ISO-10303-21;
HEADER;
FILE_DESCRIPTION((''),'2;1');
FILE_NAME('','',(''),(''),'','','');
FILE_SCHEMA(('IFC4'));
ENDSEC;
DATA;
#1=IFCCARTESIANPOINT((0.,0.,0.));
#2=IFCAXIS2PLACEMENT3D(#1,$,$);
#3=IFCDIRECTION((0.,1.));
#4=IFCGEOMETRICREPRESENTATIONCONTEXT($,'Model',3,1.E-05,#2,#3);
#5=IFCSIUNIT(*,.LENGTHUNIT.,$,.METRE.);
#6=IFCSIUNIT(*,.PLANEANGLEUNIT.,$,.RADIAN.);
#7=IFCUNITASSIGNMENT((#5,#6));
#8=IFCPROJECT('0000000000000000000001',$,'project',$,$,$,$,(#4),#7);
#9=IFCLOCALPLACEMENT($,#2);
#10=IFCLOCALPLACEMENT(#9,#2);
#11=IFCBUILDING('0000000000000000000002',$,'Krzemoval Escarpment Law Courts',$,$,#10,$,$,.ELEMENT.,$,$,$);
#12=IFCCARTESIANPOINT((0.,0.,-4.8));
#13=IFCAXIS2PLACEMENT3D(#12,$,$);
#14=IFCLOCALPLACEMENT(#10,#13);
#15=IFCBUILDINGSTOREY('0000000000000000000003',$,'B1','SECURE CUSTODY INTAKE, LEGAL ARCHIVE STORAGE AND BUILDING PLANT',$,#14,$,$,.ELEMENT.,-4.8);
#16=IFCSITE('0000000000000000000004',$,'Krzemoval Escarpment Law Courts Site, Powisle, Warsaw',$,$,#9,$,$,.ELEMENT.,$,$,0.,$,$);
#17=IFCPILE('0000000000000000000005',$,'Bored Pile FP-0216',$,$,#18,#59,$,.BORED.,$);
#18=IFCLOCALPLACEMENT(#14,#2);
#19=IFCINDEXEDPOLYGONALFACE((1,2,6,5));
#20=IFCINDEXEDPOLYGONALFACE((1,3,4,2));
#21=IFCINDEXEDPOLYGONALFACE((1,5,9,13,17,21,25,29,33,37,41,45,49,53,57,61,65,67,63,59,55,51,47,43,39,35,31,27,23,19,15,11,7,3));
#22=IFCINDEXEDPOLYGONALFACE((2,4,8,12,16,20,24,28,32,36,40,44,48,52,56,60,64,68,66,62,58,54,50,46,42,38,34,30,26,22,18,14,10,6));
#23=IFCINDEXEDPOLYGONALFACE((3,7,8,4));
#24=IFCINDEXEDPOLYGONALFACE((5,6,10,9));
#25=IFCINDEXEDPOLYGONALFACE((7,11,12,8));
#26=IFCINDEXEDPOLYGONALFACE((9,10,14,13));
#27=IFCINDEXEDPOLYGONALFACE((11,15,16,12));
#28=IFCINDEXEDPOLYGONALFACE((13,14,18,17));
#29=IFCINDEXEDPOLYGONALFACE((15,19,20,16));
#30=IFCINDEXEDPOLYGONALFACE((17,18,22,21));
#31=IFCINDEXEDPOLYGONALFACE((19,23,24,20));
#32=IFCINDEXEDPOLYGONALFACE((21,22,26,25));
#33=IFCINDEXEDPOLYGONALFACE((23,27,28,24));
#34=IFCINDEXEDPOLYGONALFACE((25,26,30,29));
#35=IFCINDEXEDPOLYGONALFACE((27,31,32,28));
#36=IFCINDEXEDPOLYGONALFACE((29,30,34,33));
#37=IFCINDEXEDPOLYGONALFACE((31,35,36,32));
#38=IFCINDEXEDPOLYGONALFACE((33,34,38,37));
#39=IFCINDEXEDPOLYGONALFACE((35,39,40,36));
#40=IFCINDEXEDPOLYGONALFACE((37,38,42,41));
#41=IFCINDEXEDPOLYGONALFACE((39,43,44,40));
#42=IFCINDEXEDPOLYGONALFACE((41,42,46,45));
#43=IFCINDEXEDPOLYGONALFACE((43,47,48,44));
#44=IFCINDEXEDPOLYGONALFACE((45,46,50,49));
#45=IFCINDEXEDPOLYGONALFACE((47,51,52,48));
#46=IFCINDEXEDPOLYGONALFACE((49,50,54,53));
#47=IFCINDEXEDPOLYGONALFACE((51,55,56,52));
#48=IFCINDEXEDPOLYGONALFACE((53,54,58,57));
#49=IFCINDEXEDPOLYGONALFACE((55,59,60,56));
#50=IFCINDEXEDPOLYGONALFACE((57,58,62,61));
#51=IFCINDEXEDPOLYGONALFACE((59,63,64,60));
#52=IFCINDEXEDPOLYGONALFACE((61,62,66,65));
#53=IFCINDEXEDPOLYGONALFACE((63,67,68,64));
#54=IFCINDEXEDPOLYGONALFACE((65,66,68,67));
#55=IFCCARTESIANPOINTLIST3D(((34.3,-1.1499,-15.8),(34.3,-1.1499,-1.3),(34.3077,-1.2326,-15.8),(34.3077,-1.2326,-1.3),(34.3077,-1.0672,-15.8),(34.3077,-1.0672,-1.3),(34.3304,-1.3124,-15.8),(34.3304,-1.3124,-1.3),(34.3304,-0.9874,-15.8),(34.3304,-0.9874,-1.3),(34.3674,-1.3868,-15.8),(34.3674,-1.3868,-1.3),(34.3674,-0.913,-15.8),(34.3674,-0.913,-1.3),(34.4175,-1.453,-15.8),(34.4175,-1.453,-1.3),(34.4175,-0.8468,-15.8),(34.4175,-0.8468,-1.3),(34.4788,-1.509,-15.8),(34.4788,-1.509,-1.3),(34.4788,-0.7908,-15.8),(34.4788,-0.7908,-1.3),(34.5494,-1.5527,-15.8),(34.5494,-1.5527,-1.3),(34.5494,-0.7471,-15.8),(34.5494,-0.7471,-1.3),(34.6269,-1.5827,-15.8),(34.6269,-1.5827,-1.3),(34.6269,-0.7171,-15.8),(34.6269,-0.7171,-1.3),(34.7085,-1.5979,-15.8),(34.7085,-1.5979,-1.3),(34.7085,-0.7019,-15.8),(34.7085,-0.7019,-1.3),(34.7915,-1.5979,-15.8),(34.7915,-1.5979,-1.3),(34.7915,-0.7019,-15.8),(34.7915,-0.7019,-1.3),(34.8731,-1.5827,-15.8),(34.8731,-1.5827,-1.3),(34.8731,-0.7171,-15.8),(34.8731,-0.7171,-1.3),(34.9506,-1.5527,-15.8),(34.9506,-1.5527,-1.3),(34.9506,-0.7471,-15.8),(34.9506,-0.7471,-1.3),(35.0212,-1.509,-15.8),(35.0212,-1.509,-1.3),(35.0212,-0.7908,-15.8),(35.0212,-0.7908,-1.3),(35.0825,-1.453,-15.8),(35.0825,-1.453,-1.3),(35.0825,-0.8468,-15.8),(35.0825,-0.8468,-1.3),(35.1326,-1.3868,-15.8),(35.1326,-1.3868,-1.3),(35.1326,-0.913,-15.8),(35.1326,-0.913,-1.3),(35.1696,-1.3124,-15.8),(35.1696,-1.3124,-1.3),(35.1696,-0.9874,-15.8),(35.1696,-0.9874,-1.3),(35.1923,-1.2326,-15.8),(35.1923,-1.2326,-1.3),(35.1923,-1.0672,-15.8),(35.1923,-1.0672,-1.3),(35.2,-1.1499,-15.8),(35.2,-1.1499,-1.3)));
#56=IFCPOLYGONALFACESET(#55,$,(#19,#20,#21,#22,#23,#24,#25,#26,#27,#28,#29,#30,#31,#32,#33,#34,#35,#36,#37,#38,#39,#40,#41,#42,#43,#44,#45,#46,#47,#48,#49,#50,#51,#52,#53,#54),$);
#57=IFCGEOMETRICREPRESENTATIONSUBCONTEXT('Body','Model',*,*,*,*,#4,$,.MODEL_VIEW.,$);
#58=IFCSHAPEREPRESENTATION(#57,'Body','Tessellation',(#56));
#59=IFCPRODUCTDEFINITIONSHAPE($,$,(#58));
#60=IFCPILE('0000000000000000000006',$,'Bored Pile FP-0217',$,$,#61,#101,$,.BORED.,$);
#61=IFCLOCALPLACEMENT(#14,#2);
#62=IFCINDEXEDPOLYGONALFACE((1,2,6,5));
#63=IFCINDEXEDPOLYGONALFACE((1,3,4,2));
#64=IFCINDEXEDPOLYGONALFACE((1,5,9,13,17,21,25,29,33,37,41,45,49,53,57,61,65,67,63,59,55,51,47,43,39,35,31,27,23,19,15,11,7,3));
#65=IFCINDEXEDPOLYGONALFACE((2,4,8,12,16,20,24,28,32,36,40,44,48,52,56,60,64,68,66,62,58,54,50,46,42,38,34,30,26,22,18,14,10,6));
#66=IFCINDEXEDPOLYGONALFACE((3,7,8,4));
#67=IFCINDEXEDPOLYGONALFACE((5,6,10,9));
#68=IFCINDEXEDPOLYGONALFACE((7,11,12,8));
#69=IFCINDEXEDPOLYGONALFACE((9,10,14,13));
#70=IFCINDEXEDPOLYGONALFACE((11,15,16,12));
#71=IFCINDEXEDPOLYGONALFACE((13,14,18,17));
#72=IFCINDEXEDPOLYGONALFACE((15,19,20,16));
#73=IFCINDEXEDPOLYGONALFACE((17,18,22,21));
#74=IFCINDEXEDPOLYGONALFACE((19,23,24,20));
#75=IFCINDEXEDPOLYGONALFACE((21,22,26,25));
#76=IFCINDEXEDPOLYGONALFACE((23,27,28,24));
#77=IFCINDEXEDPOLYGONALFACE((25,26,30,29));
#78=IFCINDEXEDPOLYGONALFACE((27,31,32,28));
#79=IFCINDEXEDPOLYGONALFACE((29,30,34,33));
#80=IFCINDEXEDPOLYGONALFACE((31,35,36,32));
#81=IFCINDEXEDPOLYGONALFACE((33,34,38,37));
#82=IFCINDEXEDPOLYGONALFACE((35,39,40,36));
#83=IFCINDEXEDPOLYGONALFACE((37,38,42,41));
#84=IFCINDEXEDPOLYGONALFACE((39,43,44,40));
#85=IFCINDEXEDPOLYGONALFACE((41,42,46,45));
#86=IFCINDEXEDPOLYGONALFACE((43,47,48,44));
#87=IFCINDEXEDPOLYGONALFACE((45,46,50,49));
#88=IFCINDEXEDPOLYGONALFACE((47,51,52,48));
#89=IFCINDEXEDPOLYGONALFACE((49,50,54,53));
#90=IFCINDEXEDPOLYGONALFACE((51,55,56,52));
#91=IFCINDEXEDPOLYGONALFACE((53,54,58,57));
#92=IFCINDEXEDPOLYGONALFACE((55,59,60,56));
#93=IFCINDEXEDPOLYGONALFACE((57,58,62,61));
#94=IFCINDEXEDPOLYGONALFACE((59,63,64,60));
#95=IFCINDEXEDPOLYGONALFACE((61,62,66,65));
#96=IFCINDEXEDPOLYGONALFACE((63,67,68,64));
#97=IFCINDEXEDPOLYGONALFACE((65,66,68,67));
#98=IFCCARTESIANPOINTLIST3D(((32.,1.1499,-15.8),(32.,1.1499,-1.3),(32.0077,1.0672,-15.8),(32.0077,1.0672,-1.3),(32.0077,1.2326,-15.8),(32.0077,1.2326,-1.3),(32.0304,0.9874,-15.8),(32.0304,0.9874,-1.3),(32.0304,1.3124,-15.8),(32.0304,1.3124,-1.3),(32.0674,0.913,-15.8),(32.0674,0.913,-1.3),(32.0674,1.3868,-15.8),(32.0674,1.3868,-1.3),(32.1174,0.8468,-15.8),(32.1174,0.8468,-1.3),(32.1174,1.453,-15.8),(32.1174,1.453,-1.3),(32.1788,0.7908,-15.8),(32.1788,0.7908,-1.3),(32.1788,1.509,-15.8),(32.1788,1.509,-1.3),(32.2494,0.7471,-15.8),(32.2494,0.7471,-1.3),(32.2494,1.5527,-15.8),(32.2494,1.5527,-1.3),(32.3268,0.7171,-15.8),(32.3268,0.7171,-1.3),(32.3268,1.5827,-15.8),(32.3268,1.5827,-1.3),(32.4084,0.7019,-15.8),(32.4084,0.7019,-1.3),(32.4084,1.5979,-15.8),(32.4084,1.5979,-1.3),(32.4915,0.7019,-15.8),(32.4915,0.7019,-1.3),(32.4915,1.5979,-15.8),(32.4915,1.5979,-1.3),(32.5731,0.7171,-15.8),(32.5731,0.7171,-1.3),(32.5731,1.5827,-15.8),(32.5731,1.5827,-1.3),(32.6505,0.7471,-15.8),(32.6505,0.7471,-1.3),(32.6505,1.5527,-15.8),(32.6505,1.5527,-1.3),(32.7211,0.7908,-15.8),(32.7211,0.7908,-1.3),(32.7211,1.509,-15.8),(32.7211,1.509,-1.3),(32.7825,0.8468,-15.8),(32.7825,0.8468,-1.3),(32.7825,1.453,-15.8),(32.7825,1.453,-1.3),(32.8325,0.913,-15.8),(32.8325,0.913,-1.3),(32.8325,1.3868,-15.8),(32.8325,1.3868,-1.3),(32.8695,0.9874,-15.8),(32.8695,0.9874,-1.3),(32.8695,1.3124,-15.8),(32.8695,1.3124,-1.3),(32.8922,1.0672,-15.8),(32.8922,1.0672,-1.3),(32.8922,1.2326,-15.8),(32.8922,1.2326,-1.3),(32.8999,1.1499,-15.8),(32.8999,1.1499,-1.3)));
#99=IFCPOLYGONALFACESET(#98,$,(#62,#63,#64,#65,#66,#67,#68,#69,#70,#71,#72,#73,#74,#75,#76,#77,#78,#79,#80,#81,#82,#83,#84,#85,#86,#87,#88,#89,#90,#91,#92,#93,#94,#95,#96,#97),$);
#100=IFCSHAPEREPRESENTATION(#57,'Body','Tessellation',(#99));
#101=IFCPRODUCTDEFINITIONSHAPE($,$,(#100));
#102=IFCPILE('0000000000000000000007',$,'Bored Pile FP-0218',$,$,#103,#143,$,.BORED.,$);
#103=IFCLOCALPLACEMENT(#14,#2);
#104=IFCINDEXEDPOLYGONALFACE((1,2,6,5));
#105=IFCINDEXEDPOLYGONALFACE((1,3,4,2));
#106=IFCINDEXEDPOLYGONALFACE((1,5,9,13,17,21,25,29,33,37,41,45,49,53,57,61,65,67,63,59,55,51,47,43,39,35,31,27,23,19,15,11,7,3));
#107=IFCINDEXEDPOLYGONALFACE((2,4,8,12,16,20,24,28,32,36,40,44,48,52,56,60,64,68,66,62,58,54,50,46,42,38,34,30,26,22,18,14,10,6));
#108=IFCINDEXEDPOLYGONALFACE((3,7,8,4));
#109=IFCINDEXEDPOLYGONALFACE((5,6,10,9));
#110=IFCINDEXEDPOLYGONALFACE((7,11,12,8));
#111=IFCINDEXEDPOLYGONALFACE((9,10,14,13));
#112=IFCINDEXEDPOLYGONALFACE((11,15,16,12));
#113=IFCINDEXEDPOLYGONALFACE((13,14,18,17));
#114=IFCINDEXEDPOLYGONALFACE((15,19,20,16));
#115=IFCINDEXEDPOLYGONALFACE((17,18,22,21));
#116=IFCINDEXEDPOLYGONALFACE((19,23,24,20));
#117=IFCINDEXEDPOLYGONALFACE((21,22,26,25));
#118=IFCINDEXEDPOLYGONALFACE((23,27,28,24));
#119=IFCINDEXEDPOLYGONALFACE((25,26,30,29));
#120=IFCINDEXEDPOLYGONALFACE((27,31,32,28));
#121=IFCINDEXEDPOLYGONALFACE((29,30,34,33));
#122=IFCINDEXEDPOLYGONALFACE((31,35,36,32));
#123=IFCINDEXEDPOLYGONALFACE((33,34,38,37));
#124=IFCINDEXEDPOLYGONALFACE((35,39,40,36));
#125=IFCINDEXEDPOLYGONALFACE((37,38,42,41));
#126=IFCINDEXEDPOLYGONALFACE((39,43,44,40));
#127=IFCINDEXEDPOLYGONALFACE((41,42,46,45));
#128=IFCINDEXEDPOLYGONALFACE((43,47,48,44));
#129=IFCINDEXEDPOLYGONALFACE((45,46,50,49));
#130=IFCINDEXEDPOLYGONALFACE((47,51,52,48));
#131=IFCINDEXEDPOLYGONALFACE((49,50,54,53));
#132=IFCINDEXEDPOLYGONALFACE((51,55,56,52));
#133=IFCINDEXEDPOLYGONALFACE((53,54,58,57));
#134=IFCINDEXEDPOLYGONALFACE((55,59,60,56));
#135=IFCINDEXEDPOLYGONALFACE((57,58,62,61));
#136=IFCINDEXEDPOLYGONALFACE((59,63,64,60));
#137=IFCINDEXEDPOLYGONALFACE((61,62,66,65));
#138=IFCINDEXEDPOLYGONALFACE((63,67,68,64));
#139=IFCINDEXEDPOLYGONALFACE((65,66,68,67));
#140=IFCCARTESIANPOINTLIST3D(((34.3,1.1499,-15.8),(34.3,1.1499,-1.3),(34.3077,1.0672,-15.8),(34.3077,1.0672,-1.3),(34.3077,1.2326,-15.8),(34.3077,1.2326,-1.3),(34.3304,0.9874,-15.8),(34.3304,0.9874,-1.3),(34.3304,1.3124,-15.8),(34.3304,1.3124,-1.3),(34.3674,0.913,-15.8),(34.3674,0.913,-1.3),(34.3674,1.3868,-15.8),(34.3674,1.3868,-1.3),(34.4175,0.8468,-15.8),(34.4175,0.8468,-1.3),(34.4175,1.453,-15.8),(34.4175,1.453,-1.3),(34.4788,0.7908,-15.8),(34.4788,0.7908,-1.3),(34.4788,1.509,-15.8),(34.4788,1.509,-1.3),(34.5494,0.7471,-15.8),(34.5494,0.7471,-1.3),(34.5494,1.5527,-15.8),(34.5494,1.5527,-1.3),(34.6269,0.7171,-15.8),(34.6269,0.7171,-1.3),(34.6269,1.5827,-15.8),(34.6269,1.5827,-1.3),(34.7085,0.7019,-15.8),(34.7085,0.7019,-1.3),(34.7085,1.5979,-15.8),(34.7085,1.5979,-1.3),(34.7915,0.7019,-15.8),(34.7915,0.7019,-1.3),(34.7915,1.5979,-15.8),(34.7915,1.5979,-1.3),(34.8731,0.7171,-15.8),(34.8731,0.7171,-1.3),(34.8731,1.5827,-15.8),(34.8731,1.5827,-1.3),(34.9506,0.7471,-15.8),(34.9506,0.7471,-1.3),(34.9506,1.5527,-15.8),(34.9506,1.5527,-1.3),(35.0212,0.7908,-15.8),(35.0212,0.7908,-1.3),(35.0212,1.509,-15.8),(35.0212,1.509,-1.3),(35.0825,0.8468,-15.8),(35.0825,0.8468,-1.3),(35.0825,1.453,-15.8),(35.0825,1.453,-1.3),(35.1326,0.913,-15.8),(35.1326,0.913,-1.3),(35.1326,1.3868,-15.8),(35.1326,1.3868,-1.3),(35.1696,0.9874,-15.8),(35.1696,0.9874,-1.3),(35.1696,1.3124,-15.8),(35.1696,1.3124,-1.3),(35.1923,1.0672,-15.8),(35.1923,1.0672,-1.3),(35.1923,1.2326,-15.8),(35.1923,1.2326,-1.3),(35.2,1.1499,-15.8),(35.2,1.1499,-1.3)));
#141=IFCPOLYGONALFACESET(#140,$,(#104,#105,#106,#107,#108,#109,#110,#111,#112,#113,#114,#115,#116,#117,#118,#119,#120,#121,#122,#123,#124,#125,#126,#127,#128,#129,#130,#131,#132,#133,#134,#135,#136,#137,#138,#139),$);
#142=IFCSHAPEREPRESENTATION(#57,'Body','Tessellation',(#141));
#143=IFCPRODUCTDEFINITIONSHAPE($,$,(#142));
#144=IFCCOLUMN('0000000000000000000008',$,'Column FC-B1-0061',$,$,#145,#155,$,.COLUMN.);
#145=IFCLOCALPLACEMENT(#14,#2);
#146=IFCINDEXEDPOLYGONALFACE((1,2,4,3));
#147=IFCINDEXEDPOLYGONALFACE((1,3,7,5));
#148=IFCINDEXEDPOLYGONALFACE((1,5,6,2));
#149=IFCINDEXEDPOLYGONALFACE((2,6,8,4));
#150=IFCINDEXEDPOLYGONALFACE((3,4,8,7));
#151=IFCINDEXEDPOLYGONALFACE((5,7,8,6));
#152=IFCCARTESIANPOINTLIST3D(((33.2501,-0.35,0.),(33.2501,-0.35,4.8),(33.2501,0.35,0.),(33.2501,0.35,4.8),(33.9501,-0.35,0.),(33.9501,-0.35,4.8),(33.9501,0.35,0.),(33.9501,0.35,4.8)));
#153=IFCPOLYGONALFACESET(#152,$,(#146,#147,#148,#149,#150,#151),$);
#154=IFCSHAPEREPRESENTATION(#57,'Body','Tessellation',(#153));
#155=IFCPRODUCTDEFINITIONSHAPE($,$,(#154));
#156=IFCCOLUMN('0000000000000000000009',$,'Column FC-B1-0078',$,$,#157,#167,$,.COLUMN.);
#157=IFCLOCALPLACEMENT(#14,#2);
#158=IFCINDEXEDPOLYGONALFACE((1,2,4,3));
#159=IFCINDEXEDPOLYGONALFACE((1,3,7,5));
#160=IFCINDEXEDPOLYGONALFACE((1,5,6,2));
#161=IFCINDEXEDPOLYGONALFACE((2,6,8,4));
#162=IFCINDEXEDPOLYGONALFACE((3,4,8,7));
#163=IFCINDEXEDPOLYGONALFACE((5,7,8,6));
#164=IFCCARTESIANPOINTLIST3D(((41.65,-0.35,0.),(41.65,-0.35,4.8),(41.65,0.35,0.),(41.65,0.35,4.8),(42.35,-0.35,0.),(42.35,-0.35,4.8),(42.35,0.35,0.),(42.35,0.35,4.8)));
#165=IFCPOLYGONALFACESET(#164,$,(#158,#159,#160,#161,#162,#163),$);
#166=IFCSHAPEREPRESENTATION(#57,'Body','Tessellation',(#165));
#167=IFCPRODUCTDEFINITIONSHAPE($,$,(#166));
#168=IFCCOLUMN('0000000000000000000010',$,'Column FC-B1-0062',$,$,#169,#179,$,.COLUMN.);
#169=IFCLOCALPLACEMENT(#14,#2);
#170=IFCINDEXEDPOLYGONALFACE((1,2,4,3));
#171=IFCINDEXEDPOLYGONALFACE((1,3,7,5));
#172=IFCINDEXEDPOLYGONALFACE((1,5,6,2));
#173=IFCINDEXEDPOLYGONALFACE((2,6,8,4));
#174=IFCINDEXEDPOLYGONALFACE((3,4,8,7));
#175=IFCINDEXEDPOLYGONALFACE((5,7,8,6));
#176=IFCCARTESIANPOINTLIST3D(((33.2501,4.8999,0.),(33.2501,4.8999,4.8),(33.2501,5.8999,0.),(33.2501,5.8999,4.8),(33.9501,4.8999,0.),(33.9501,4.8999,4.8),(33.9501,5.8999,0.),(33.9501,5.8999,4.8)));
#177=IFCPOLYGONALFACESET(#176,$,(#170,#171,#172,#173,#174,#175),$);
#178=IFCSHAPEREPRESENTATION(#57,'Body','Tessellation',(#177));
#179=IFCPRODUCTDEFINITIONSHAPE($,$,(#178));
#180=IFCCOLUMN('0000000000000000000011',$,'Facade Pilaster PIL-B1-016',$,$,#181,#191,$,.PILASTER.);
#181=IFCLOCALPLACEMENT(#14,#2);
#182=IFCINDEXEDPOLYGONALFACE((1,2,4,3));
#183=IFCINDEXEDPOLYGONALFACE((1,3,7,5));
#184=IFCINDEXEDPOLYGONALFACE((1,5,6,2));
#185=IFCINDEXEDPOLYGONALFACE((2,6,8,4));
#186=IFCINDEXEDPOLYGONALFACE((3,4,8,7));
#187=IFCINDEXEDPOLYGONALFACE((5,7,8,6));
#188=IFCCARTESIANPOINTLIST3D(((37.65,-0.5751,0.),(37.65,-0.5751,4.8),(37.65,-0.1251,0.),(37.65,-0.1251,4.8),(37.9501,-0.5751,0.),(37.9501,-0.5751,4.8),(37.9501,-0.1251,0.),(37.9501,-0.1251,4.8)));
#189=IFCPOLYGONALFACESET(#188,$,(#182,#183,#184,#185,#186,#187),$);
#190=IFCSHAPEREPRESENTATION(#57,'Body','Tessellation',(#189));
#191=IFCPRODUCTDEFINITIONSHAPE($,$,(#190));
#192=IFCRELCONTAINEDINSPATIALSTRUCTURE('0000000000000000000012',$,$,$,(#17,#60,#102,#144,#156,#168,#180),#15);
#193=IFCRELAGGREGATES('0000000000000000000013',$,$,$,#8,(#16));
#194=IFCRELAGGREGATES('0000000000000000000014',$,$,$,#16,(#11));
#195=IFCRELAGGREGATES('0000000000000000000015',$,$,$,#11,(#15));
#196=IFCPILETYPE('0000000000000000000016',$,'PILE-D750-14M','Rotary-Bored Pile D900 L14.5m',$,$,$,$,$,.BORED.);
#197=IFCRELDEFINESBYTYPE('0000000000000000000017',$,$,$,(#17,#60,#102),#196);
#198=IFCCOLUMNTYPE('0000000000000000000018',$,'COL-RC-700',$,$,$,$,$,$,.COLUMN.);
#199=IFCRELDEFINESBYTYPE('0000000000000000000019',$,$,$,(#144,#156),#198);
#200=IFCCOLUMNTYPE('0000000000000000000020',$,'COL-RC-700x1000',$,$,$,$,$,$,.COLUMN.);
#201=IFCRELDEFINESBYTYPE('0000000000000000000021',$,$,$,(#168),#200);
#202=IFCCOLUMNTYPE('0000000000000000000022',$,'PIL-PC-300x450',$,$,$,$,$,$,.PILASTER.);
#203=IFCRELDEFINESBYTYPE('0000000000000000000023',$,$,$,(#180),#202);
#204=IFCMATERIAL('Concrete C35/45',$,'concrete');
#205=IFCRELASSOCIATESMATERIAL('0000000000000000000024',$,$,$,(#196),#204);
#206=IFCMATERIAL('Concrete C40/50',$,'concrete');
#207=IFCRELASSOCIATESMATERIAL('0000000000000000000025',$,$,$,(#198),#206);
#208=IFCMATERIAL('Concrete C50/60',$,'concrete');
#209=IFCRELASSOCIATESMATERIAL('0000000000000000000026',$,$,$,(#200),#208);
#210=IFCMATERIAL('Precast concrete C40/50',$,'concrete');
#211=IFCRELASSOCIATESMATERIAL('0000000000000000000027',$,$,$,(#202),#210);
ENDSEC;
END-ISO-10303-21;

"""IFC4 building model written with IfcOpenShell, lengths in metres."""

from ifc_helpers import new_model, si_unit, direction, frame, origin, origin_2d, place, context, subcontext, project, spatial, rectangle, circle, extrude, material, material_profile, profile_set, type_object, element, save


model = new_model("IFC4")

# Units and contexts
model_context = context("Model", 3, precision=1e-05, world=origin(), true_north=direction((0.0, 1.0)))
body_context = subcontext(model_context, "Body", "Model", "MODEL_VIEW")
ifc_project = project(units=[si_unit("LENGTHUNIT", "METRE"), si_unit("PLANEANGLEUNIT", "RADIAN")], contexts=[model_context])

# Site, building, storey
site_placement = place(None, origin())
site = spatial("IfcSite", under=ifc_project, at=site_placement, Name="Krzemoval Escarpment Law Courts Site, Powisle, Warsaw", CompositionType="ELEMENT", RefElevation=0.0)
building_placement = place(site_placement, origin())
building = spatial("IfcBuilding", under=site, at=building_placement, Name="Krzemoval Escarpment Law Courts", CompositionType="ELEMENT")
storey_placement = place(building_placement, frame((0.0, 0.0, -4.8)))
storey = spatial("IfcBuildingStorey", under=building, at=storey_placement, Name="B1", Description="SECURE CUSTODY INTAKE, LEGAL ARCHIVE STORAGE AND BUILDING PLANT", CompositionType="ELEMENT", Elevation=-4.8)

# Piles
ifc_material_1 = material(Name="Concrete C35/45", Category="concrete")
ifc_material_profile_1 = material_profile(ifc_material_1, circle(Radius=0.45, at=origin_2d()), Name="PILE D900")
ifc_profile_set_1 = profile_set([ifc_material_profile_1], Name="Concrete C35/45")
pile_type_1 = type_object("IfcPileType", Name="PILE-D750-14M", Description="Rotary-Bored Pile D900 L14.5m", PredefinedType="BORED", material=ifc_profile_set_1)
for number, where, z_axis, x_axis, name in (
    (1, (34.75, -1.1499, -1.3), (0.0, 0.0, -1.0), (1.0, 0.0, 0.0), "Bored Pile FP-0216"),
    (2, (32.45, 1.1499, -1.3), (0.0, 0.0, -1.0), (1.0, 0.0, 0.0), "Bored Pile FP-0217"),
    (3, (34.75, 1.1499, -1.3), (0.0, 0.0, -1.0), (1.0, 0.0, 0.0), "Bored Pile FP-0218"),
):
    element("IfcPile", number, at=place(storey_placement, frame(where, z_axis=z_axis, x_axis=x_axis)), inside=storey, type_object=pile_type_1, Name=name, PredefinedType="BORED", context=body_context, shape_type="SweptSolid", body=[
        extrude(circle(Radius=0.45, at=origin_2d()), origin(), (0.0, 0.0, 1.0), 14.5),
    ])

# Columns
ifc_material_2 = material(Name="Concrete C40/50", Category="concrete")
ifc_material_profile_2 = material_profile(ifc_material_2, rectangle(XDim=0.7, YDim=0.7, at=origin_2d()), Name="RC 700x700")
ifc_profile_set_2 = profile_set([ifc_material_profile_2], Name="Concrete C40/50")
column_type_1 = type_object("IfcColumnType", Name="COL-RC-700", PredefinedType="COLUMN", material=ifc_profile_set_2)
for number, where, z_axis, x_axis, name in (
    (4, (33.6001, 0.0, 0.0), (0.0, 0.0, 1.0), (1.0, 0.0, 0.0), "Column FC-B1-0061"),
    (5, (42.0, 0.0, 0.0), (0.0, 0.0, 1.0), (1.0, 0.0, 0.0), "Column FC-B1-0078"),
):
    element("IfcColumn", number, at=place(storey_placement, frame(where, z_axis=z_axis, x_axis=x_axis)), inside=storey, type_object=column_type_1, Name=name, PredefinedType="COLUMN", context=body_context, shape_type="SweptSolid", body=[
        extrude(rectangle(XDim=0.7, YDim=0.7, at=origin_2d()), origin(), (0.0, 0.0, 1.0), 4.8),
    ])
ifc_material_3 = material(Name="Concrete C50/60", Category="concrete")
ifc_material_profile_3 = material_profile(ifc_material_3, rectangle(XDim=0.7, YDim=1.0, at=origin_2d()), Name="RC 700x1000")
ifc_profile_set_3 = profile_set([ifc_material_profile_3], Name="Concrete C50/60")
column_type_2 = type_object("IfcColumnType", Name="COL-RC-700x1000", PredefinedType="COLUMN", material=ifc_profile_set_3)
column_1_placement = place(storey_placement, frame((33.6001, 5.3999, 0.0), z_axis=(0.0, 0.0, 1.0), x_axis=(1.0, 0.0, 0.0)))
element("IfcColumn", 6, at=column_1_placement, inside=storey, type_object=column_type_2, Name="Column FC-B1-0062", PredefinedType="COLUMN", context=body_context, shape_type="SweptSolid", body=[
    extrude(rectangle(XDim=0.7, YDim=1.0, at=origin_2d()), origin(), (0.0, 0.0, 1.0), 4.8),
])
ifc_material_4 = material(Name="Precast concrete C40/50", Category="concrete")
ifc_material_profile_4 = material_profile(ifc_material_4, rectangle(XDim=0.3, YDim=0.45, at=origin_2d()), Name="PIL 300x450")
ifc_profile_set_4 = profile_set([ifc_material_profile_4], Name="Precast concrete C40/50")
column_type_3 = type_object("IfcColumnType", Name="PIL-PC-300x450", PredefinedType="PILASTER", material=ifc_profile_set_4)
column_2_placement = place(storey_placement, frame((37.8, -0.3501, 0.0), z_axis=(0.0, 0.0, 1.0), x_axis=(1.0, 0.0, 0.0)))
element("IfcColumn", 7, at=column_2_placement, inside=storey, type_object=column_type_3, Name="Facade Pilaster PIL-B1-016", PredefinedType="PILASTER", context=body_context, shape_type="SweptSolid", body=[
    extrude(rectangle(XDim=0.3, YDim=0.45, at=origin_2d()), origin(), (0.0, 0.0, 1.0), 4.8),
])

save(model, "model.ifc")
